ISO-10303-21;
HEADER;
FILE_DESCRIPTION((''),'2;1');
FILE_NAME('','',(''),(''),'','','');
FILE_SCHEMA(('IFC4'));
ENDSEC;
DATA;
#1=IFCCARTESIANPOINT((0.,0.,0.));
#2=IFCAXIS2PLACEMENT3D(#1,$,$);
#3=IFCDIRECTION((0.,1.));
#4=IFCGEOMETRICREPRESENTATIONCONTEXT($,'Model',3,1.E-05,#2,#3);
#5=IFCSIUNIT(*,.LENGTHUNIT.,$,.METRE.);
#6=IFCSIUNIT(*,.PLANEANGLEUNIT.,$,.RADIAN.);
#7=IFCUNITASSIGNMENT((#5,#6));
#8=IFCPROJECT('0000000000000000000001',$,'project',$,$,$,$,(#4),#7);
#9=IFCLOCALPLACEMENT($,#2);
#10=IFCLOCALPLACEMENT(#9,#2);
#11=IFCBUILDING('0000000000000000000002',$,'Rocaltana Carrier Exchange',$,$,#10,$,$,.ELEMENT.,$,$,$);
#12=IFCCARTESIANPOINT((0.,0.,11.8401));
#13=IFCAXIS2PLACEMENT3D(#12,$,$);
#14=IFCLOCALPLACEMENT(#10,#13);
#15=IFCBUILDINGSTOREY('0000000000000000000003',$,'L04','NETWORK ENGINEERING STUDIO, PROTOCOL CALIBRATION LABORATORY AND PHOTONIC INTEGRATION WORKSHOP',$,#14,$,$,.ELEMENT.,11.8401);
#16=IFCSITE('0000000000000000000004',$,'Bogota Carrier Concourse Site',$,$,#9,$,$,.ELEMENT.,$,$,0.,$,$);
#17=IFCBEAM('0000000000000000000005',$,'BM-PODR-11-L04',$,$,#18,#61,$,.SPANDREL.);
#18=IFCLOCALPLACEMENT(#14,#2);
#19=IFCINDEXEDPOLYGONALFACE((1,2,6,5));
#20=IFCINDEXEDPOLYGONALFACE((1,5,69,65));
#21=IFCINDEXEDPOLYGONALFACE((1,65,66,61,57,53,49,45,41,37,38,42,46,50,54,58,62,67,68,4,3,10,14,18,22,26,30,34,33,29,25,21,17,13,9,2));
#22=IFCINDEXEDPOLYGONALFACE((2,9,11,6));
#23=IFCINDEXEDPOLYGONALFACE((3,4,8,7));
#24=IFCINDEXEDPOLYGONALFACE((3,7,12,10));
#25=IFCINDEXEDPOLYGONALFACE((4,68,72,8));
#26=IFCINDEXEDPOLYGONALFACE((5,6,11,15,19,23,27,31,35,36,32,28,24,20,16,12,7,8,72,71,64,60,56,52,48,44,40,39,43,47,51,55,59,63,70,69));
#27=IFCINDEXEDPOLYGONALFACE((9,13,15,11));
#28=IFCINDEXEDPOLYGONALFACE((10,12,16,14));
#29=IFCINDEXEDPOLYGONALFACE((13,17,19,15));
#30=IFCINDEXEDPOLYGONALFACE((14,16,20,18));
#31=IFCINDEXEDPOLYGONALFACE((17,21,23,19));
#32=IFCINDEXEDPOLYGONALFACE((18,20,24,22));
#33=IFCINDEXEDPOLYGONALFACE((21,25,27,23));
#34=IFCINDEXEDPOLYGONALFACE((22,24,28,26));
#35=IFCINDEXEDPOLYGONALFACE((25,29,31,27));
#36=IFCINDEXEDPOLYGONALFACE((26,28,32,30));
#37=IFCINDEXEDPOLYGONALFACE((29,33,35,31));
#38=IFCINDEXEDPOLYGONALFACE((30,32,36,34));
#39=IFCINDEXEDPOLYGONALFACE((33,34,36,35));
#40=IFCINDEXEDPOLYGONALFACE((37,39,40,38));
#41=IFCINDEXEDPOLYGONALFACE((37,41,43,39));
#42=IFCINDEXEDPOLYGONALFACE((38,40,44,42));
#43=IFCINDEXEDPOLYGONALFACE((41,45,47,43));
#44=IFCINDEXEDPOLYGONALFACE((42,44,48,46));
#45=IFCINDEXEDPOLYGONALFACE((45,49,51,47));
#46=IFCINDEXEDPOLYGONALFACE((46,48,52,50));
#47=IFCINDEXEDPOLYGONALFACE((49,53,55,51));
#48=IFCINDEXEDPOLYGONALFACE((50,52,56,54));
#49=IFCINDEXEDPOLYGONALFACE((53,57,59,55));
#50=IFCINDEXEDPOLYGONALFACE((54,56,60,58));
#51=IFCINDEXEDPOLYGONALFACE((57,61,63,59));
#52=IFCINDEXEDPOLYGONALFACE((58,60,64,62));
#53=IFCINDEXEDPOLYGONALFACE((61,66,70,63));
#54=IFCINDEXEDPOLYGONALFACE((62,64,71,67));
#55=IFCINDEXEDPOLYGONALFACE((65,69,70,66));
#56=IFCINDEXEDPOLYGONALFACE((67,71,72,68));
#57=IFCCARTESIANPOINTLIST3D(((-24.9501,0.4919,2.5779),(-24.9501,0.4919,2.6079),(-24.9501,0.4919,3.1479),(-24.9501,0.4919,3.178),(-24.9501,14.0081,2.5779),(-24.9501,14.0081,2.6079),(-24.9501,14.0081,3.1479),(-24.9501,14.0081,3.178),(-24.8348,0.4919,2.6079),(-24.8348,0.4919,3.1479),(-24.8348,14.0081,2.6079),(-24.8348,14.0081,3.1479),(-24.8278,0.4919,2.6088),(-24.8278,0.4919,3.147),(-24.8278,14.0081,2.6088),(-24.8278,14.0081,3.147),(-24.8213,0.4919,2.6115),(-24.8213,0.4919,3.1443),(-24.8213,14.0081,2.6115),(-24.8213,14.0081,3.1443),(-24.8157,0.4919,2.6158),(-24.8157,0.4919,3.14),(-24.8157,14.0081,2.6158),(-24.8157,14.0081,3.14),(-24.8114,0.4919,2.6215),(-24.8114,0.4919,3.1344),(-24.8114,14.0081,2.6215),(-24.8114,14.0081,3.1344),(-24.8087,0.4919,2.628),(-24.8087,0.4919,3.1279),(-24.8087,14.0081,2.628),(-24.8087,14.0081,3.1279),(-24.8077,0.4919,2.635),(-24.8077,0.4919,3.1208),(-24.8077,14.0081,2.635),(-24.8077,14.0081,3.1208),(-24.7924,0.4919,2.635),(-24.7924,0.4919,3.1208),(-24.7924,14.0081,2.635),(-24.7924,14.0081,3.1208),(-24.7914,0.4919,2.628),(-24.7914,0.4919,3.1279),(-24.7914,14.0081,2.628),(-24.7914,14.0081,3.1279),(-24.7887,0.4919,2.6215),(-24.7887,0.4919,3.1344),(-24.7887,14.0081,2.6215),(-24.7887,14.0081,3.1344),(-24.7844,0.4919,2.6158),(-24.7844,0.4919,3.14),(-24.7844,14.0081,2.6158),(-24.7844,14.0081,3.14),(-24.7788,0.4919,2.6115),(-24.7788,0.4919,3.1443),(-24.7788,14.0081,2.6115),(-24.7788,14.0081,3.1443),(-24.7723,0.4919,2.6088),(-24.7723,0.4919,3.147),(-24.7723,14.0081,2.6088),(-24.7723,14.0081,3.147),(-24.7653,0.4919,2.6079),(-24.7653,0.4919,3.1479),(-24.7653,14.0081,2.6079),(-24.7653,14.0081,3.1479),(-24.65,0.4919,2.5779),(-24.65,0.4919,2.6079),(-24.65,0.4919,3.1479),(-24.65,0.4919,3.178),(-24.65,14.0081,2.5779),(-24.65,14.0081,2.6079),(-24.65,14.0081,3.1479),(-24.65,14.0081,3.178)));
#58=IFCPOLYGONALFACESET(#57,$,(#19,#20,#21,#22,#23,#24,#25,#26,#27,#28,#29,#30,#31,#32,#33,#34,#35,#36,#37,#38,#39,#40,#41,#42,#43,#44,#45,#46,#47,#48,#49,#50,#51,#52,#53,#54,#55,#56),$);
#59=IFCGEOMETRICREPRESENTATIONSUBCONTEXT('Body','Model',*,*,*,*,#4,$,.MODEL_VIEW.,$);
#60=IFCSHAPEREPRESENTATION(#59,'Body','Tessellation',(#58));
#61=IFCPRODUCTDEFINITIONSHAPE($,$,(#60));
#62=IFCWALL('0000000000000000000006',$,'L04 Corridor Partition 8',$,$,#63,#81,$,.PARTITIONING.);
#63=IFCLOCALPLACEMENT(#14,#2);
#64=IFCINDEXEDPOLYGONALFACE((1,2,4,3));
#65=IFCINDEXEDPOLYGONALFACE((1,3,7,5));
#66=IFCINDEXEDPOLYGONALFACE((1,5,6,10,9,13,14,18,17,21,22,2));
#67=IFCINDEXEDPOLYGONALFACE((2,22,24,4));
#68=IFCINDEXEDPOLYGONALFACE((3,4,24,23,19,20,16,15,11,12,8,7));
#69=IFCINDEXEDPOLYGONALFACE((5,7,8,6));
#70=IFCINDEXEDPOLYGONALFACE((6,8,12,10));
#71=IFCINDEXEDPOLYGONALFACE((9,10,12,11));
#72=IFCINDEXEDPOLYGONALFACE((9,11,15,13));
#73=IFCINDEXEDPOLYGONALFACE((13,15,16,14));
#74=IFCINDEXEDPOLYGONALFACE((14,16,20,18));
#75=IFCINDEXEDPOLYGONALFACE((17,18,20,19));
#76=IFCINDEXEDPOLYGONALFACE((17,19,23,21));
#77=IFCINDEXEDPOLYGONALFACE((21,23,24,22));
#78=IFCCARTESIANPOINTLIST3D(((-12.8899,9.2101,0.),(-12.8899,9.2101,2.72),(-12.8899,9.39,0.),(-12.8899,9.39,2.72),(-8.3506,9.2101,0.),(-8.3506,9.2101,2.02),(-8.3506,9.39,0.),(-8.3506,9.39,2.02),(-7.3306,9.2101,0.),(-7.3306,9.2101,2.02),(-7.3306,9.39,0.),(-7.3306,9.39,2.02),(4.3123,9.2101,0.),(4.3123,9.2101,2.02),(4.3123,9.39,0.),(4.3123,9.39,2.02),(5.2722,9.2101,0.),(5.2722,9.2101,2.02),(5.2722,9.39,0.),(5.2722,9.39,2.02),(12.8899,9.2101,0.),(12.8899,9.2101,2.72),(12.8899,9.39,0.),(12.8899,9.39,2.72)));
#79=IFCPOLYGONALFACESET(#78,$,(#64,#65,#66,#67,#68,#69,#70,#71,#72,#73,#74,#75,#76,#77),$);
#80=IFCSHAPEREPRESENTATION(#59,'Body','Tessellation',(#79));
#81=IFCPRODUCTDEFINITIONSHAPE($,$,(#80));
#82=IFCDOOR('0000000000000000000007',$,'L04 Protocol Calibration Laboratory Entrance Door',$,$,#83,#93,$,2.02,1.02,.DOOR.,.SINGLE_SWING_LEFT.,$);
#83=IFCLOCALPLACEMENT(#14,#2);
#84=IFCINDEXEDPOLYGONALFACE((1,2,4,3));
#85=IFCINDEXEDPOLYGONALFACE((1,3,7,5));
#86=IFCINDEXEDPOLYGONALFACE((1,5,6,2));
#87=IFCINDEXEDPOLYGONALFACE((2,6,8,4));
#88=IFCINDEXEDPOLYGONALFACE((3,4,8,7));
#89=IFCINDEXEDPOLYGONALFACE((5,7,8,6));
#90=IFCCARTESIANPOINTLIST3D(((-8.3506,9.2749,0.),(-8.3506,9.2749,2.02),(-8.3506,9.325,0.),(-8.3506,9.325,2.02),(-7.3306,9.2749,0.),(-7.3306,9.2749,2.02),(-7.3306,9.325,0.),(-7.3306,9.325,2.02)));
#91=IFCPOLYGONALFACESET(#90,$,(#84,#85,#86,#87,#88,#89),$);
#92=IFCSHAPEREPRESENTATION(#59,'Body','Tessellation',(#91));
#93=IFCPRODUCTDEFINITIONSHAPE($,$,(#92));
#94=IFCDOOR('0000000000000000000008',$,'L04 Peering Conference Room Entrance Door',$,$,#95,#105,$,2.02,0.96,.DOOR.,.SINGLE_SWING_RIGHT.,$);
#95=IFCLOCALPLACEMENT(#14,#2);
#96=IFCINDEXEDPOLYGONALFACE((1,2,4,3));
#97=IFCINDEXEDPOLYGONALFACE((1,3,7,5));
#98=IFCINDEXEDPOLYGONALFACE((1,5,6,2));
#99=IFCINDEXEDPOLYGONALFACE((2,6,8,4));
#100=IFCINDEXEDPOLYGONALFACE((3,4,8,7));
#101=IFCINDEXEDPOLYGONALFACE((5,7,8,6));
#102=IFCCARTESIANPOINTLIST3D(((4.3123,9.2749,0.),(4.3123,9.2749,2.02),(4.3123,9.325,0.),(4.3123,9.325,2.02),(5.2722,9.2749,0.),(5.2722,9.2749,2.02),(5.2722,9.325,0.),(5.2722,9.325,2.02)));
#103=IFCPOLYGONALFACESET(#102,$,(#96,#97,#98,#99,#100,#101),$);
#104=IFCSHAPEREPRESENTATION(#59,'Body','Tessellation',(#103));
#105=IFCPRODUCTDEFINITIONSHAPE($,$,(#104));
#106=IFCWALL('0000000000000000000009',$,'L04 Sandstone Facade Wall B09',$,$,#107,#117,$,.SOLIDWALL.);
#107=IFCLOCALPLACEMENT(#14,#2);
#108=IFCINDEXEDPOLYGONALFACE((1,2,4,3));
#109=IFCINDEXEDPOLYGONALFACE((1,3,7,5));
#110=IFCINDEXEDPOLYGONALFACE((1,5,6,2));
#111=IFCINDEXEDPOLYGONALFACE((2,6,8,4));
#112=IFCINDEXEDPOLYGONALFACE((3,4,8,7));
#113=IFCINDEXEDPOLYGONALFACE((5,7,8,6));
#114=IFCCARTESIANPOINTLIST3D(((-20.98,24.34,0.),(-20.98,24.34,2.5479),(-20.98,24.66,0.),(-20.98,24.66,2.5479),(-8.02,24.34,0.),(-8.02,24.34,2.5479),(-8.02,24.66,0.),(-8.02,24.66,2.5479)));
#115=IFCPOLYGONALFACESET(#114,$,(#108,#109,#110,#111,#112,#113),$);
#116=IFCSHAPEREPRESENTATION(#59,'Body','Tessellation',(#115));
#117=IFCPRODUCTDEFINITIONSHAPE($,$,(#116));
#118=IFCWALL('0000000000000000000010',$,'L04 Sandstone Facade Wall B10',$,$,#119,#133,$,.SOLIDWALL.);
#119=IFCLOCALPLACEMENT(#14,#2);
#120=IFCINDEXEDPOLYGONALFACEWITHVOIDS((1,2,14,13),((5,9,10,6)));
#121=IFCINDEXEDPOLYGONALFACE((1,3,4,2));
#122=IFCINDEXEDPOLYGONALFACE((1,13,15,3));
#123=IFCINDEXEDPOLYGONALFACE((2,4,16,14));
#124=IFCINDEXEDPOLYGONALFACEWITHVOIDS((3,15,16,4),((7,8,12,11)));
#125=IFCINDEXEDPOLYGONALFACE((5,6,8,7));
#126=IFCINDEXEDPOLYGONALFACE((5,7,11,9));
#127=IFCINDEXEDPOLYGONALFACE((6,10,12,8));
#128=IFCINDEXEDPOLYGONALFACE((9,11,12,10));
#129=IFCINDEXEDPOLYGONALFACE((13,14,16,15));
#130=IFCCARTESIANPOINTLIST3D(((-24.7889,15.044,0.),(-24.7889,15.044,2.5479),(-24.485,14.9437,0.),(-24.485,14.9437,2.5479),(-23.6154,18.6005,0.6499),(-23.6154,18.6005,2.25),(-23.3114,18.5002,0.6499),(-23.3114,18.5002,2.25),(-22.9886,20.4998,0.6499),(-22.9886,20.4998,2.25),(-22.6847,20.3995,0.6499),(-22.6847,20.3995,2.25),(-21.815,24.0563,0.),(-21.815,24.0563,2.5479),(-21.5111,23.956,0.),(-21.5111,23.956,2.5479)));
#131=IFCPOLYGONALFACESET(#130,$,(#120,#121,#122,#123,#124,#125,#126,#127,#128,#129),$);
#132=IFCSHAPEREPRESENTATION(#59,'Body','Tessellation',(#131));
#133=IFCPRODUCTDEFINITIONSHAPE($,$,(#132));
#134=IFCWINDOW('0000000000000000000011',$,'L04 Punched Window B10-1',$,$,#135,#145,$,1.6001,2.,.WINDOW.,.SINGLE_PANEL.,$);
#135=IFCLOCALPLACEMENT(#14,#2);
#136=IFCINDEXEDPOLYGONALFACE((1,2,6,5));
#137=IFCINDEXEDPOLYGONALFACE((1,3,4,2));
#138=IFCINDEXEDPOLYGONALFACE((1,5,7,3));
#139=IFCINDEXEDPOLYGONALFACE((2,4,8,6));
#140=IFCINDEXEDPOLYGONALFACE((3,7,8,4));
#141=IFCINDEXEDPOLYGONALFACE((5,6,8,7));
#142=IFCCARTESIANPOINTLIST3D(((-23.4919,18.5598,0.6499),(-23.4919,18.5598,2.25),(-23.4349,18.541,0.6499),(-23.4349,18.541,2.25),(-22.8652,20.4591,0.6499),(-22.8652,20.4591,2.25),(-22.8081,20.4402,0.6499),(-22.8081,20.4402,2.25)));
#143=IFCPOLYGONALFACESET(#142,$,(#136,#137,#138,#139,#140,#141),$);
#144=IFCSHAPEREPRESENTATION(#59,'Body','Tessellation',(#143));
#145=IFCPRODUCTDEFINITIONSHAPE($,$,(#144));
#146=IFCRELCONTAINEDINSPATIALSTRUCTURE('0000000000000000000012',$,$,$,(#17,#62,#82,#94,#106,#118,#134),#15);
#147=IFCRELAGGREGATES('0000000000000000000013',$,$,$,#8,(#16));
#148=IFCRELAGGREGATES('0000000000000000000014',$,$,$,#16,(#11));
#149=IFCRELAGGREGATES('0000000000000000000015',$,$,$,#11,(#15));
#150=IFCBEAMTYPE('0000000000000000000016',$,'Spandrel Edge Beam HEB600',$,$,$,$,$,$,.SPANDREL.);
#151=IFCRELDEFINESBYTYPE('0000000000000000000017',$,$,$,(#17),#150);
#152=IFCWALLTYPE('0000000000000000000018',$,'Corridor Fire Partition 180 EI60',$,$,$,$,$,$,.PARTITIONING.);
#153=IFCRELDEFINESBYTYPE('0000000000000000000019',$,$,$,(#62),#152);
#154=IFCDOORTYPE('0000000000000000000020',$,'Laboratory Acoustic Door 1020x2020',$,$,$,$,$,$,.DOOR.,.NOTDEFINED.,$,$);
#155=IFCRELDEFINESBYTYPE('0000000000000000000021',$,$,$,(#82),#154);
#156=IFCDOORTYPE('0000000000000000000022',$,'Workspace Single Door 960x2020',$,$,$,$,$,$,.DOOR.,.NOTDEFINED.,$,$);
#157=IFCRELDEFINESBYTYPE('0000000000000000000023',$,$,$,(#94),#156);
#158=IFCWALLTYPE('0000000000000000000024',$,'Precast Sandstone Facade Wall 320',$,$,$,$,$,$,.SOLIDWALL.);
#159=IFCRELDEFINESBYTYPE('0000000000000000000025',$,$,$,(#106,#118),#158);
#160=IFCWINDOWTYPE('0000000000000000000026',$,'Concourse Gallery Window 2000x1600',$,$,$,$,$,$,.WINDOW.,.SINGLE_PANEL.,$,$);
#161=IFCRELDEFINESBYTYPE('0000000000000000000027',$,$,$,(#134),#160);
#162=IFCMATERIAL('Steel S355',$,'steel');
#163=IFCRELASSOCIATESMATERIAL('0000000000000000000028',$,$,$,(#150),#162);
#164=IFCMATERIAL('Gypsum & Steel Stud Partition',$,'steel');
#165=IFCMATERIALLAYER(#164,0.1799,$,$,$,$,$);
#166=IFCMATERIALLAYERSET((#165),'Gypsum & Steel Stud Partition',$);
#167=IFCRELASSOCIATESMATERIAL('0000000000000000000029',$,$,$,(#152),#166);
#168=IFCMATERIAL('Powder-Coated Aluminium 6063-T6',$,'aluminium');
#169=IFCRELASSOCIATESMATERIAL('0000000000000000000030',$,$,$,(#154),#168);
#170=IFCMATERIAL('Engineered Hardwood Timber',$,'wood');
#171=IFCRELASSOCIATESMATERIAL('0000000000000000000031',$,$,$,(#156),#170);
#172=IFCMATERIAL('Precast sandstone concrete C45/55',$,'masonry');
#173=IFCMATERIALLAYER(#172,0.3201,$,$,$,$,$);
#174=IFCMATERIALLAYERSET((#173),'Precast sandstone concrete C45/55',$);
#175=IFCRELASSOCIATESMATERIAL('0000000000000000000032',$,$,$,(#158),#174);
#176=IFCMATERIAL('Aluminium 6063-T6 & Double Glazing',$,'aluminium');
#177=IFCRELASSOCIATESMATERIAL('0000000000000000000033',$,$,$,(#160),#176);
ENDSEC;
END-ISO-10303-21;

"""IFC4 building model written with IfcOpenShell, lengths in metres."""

from ifc_helpers import new_model, si_unit, direction, frame, frame_2d, origin, origin_2d, place, context, subcontext, project, spatial, rectangle, i_section, extrude, material, layer, layer_set, material_profile, profile_set, type_object, element, fill, save


model = new_model("IFC4")

# Units and contexts
model_context = context("Model", 3, precision=1e-05, world=origin(), true_north=direction((0.0, 1.0)))
body_context = subcontext(model_context, "Body", "Model", "MODEL_VIEW")
ifc_project = project(units=[si_unit("LENGTHUNIT", "METRE"), si_unit("PLANEANGLEUNIT", "RADIAN")], contexts=[model_context])

# Site, building, storey
site_placement = place(None, origin())
site = spatial("IfcSite", under=ifc_project, at=site_placement, Name="Bogota Carrier Concourse Site", CompositionType="ELEMENT", RefElevation=0.0)
building_placement = place(site_placement, origin())
building = spatial("IfcBuilding", under=site, at=building_placement, Name="Rocaltana Carrier Exchange", CompositionType="ELEMENT")
storey_placement = place(building_placement, frame((0.0, 0.0, 11.8401)))
storey = spatial("IfcBuildingStorey", under=building, at=storey_placement, Name="L04", Description="NETWORK ENGINEERING STUDIO, PROTOCOL CALIBRATION LABORATORY AND PHOTONIC INTEGRATION WORKSHOP", CompositionType="ELEMENT", Elevation=11.8401)

# Beam
ifc_material_1 = material(Name="Steel S355", Category="steel")
ifc_material_profile_1 = material_profile(ifc_material_1, i_section(OverallWidth=0.3, OverallDepth=0.6001, WebThickness=0.0154, FlangeThickness=0.03, FilletRadius=0.0271, at=origin_2d()), Name="HEB600")
ifc_profile_set_1 = profile_set([ifc_material_profile_1], Name="Steel S355")
beam_type_1 = type_object("IfcBeamType", Name="Spandrel Edge Beam HEB600", PredefinedType="SPANDREL", material=ifc_profile_set_1)
beam_1_placement = place(storey_placement, frame((-24.8, 14.0081, 2.8779), z_axis=(0.0, -1.0, 0.0), x_axis=(1.0, 0.0, 0.0)))
element("IfcBeam", 1, at=beam_1_placement, inside=storey, type_object=beam_type_1, Name="BM-PODR-11-L04", PredefinedType="SPANDREL", context=body_context, shape_type="SweptSolid", body=[
    extrude(i_section(OverallWidth=0.3, OverallDepth=0.6001, WebThickness=0.0154, FlangeThickness=0.03, FilletRadius=0.0271, at=origin_2d()), origin(), (0.0, 0.0, 1.0), 13.5161),
])

# Wall, openings, doors
ifc_material_2 = material(Name="Gypsum & Steel Stud Partition", Category="steel")
ifc_layer_1 = layer(ifc_material_2, 0.1799)
ifc_layer_set_1 = layer_set([ifc_layer_1], Name="Gypsum & Steel Stud Partition")
wall_type_1 = type_object("IfcWallType", Name="Corridor Fire Partition 180 EI60", PredefinedType="PARTITIONING", material=ifc_layer_set_1)
wall_1_placement = place(storey_placement, frame((-12.8899, 9.3, 0.0), z_axis=(0.0, 0.0, 1.0), x_axis=(1.0, 0.0, 0.0)))
wall_1 = element("IfcWall", 2, at=wall_1_placement, inside=storey, type_object=wall_type_1, Name="L04 Corridor Partition 8", PredefinedType="PARTITIONING", context=body_context, shape_type="SweptSolid", body=[
    extrude(rectangle(XDim=25.7798, YDim=0.1799, at=frame_2d((12.8899, 0.0))), origin(), (0.0, 0.0, 1.0), 2.72),
])
opening_1_placement = place(wall_1_placement, frame((17.2021, 0.0, 0.0)))
opening_1 = element("IfcOpeningElement", 3, at=opening_1_placement, cuts=wall_1, PredefinedType="OPENING", context=body_context, shape_type="SweptSolid", body=[
    extrude(rectangle(XDim=0.96, YDim=2.02, at=frame_2d((0.48, 1.01))), frame((0.0, 0.0999, 0.0), z_axis=(0.0, -1.0, 0.0), x_axis=(1.0, 0.0, 0.0)), (0.0, 0.0, 1.0), 0.2),
])
opening_2_placement = place(wall_1_placement, frame((4.5393, 0.0, 0.0)))
opening_2 = element("IfcOpeningElement", 4, at=opening_2_placement, cuts=wall_1, PredefinedType="OPENING", context=body_context, shape_type="SweptSolid", body=[
    extrude(rectangle(XDim=1.02, YDim=2.02, at=frame_2d((0.51, 1.01))), frame((0.0, 0.0999, 0.0), z_axis=(0.0, -1.0, 0.0), x_axis=(1.0, 0.0, 0.0)), (0.0, 0.0, 1.0), 0.2),
])
ifc_material_3 = material(Name="Powder-Coated Aluminium 6063-T6", Category="aluminium")
door_type_1 = type_object("IfcDoorType", Name="Laboratory Acoustic Door 1020x2020", OperationType="NOTDEFINED", PredefinedType="DOOR", material=ifc_material_3)
door_1_placement = place(opening_2_placement, origin())
door_1 = element("IfcDoor", 5, at=door_1_placement, inside=storey, type_object=door_type_1, Name="L04 Protocol Calibration Laboratory Entrance Door", OperationType="SINGLE_SWING_LEFT", OverallHeight=2.02, OverallWidth=1.02, PredefinedType="DOOR", context=body_context, shape_type="SweptSolid", body=[
    extrude(rectangle(XDim=1.02, YDim=2.02, at=frame_2d((0.51, 1.01))), frame((0.0, 0.0249, 0.0), z_axis=(0.0, -1.0, 0.0), x_axis=(1.0, 0.0, 0.0)), (0.0, 0.0, 1.0), 0.05),
])
fill(opening_2, door_1)
ifc_material_4 = material(Name="Engineered Hardwood Timber", Category="wood")
door_type_2 = type_object("IfcDoorType", Name="Workspace Single Door 960x2020", OperationType="NOTDEFINED", PredefinedType="DOOR", material=ifc_material_4)
door_2_placement = place(opening_1_placement, origin())
door_2 = element("IfcDoor", 6, at=door_2_placement, inside=storey, type_object=door_type_2, Name="L04 Peering Conference Room Entrance Door", OperationType="SINGLE_SWING_RIGHT", OverallHeight=2.02, OverallWidth=0.96, PredefinedType="DOOR", context=body_context, shape_type="SweptSolid", body=[
    extrude(rectangle(XDim=0.96, YDim=2.02, at=frame_2d((0.48, 1.01))), frame((0.0, 0.0249, 0.0), z_axis=(0.0, -1.0, 0.0), x_axis=(1.0, 0.0, 0.0)), (0.0, 0.0, 1.0), 0.05),
])
fill(opening_1, door_2)

# Wall
ifc_material_5 = material(Name="Precast sandstone concrete C45/55", Category="masonry")
ifc_layer_2 = layer(ifc_material_5, 0.3201)
ifc_layer_set_2 = layer_set([ifc_layer_2], Name="Precast sandstone concrete C45/55")
wall_type_2 = type_object("IfcWallType", Name="Precast Sandstone Facade Wall 320", PredefinedType="SOLIDWALL", material=ifc_layer_set_2)
wall_2_placement = place(storey_placement, frame((-20.98, 24.5, 0.0), z_axis=(0.0, 0.0, 1.0), x_axis=(1.0, 0.0, 0.0)))
element("IfcWall", 7, at=wall_2_placement, inside=storey, type_object=wall_type_2, Name="L04 Sandstone Facade Wall B09", PredefinedType="SOLIDWALL", context=body_context, shape_type="SweptSolid", body=[
    extrude(rectangle(XDim=12.96, YDim=0.3201, at=frame_2d((6.48, 0.0))), origin(), (0.0, 0.0, 1.0), 2.5479),
])

# Wall, opening, window
wall_3_placement = place(storey_placement, frame((-24.637, 14.9939, 0.0), z_axis=(0.0, 0.0, 1.0), x_axis=(0.313363, 0.949633, 0.0)))
wall_3 = element("IfcWall", 8, at=wall_3_placement, inside=storey, type_object=wall_type_2, Name="L04 Sandstone Facade Wall B10", PredefinedType="SOLIDWALL", context=body_context, shape_type="SweptSolid", body=[
    extrude(rectangle(XDim=9.4902, YDim=0.3201, at=frame_2d((4.7451, 0.0))), origin(), (0.0, 0.0, 1.0), 2.5479),
])
opening_3_placement = place(wall_3_placement, frame((3.7451, 0.0, 0.6499)))
opening_3 = element("IfcOpeningElement", 9, at=opening_3_placement, cuts=wall_3, PredefinedType="OPENING", context=body_context, shape_type="SweptSolid", body=[
    extrude(rectangle(XDim=2.0, YDim=1.6001, at=frame_2d((1.0, 0.8))), frame((0.0, 0.1699, 0.0), z_axis=(0.0, -1.0, 0.0), x_axis=(1.0, 0.0, 0.0)), (0.0, 0.0, 1.0), 0.3401),
])
ifc_material_6 = material(Name="Aluminium 6063-T6 & Double Glazing", Category="aluminium")
window_type = type_object("IfcWindowType", Name="Concourse Gallery Window 2000x1600", PartitioningType="SINGLE_PANEL", PredefinedType="WINDOW", material=ifc_material_6)
window_placement = place(opening_3_placement, origin())
window = element("IfcWindow", 10, at=window_placement, inside=storey, type_object=window_type, Name="L04 Punched Window B10-1", OverallHeight=1.6001, OverallWidth=2.0, PartitioningType="SINGLE_PANEL", PredefinedType="WINDOW", context=body_context, shape_type="SweptSolid", body=[
    extrude(rectangle(XDim=2.0, YDim=1.6001, at=frame_2d((1.0, 0.8))), frame((0.0, 0.03, 0.0), z_axis=(0.0, -1.0, 0.0), x_axis=(1.0, 0.0, 0.0)), (0.0, 0.0, 1.0), 0.0601),
])
fill(opening_3, window)

save(model, "model.ifc")
